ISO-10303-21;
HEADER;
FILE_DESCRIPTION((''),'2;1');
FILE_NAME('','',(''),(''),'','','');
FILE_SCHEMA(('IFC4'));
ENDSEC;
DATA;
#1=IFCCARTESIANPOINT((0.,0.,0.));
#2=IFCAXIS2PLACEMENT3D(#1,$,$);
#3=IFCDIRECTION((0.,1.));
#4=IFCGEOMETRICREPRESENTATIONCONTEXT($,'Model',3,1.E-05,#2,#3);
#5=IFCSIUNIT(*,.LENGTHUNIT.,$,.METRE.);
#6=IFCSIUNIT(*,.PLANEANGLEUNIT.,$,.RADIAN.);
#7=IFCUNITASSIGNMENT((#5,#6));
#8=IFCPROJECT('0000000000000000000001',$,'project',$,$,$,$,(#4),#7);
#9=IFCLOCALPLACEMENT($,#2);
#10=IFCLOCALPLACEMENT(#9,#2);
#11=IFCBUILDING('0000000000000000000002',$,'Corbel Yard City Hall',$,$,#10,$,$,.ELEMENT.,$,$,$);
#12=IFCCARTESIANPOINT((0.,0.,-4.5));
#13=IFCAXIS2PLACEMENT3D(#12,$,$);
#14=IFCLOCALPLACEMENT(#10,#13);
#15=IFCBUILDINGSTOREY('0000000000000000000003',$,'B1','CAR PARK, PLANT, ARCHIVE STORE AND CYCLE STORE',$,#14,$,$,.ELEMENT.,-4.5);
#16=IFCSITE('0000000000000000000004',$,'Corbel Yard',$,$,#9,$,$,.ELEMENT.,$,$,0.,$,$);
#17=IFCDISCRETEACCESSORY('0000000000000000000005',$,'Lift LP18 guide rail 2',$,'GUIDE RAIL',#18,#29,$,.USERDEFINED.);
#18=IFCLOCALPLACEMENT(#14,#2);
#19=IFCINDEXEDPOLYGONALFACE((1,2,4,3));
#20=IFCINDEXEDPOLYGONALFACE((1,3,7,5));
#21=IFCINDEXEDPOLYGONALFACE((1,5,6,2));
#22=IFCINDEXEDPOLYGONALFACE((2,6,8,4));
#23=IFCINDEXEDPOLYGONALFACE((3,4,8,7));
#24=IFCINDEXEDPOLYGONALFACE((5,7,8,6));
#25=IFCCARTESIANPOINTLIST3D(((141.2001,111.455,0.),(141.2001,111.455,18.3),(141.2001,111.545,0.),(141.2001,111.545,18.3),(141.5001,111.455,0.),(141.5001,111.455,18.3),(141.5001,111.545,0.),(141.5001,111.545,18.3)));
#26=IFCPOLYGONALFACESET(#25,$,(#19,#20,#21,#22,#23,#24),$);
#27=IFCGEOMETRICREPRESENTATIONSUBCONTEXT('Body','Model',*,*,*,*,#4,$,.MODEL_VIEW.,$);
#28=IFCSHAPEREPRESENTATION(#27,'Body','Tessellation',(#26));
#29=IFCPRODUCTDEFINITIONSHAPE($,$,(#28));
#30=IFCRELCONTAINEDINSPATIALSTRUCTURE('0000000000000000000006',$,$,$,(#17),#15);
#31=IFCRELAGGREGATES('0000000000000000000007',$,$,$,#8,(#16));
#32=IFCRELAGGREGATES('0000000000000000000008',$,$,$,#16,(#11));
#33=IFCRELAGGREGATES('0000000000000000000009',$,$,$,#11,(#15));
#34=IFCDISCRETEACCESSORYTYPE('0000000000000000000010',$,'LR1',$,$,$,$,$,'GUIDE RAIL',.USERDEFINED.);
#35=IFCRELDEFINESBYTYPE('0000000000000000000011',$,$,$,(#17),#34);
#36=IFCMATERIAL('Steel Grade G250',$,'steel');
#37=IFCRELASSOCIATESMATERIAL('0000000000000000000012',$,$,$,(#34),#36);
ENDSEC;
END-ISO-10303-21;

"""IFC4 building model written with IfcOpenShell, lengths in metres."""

from ifc_helpers import new_model, si_unit, direction, frame, origin, origin_2d, place, context, subcontext, project, spatial, rectangle, extrude, material, type_object, element, save


model = new_model("IFC4")

# Units and contexts
model_context = context("Model", 3, precision=1e-05, world=origin(), true_north=direction((0.0, 1.0)))
body_context = subcontext(model_context, "Body", "Model", "MODEL_VIEW")
ifc_project = project(units=[si_unit("LENGTHUNIT", "METRE"), si_unit("PLANEANGLEUNIT", "RADIAN")], contexts=[model_context])

# Site, building, storey
site_placement = place(None, origin())
site = spatial("IfcSite", under=ifc_project, at=site_placement, Name="Corbel Yard", CompositionType="ELEMENT", RefElevation=0.0)
building_placement = place(site_placement, origin())
building = spatial("IfcBuilding", under=site, at=building_placement, Name="Corbel Yard City Hall", CompositionType="ELEMENT")
storey_placement = place(building_placement, frame((0.0, 0.0, -4.5)))
storey = spatial("IfcBuildingStorey", under=building, at=storey_placement, Name="B1", Description="CAR PARK, PLANT, ARCHIVE STORE AND CYCLE STORE", CompositionType="ELEMENT", Elevation=-4.5)

# Shared definitions
ifc_material_1 = material(Name="Steel Grade G250", Category="steel")

# Discrete accessory
discrete_accessory_type_1 = type_object("IfcDiscreteAccessoryType", Name="LR1", ElementType="GUIDE RAIL", PredefinedType="USERDEFINED", material=ifc_material_1)
for number, where, z_axis, x_axis, name in (
    (1, (141.3501, 111.5, 0.0), (0.0, 0.0, 1.0), (1.0, 0.0, 0.0), "Lift LP18 guide rail 2"),
):
    element("IfcDiscreteAccessory", number, at=place(storey_placement, frame(where, z_axis=z_axis, x_axis=x_axis)), inside=storey, type_object=discrete_accessory_type_1, Name=name, ObjectType="GUIDE RAIL", PredefinedType="USERDEFINED", context=body_context, shape_type="SweptSolid", body=[
        extrude(rectangle(XDim=0.3, YDim=0.0901, at=origin_2d()), origin(), (0.0, 0.0, 1.0), 18.3),
    ])

save(model, "model.ifc")
